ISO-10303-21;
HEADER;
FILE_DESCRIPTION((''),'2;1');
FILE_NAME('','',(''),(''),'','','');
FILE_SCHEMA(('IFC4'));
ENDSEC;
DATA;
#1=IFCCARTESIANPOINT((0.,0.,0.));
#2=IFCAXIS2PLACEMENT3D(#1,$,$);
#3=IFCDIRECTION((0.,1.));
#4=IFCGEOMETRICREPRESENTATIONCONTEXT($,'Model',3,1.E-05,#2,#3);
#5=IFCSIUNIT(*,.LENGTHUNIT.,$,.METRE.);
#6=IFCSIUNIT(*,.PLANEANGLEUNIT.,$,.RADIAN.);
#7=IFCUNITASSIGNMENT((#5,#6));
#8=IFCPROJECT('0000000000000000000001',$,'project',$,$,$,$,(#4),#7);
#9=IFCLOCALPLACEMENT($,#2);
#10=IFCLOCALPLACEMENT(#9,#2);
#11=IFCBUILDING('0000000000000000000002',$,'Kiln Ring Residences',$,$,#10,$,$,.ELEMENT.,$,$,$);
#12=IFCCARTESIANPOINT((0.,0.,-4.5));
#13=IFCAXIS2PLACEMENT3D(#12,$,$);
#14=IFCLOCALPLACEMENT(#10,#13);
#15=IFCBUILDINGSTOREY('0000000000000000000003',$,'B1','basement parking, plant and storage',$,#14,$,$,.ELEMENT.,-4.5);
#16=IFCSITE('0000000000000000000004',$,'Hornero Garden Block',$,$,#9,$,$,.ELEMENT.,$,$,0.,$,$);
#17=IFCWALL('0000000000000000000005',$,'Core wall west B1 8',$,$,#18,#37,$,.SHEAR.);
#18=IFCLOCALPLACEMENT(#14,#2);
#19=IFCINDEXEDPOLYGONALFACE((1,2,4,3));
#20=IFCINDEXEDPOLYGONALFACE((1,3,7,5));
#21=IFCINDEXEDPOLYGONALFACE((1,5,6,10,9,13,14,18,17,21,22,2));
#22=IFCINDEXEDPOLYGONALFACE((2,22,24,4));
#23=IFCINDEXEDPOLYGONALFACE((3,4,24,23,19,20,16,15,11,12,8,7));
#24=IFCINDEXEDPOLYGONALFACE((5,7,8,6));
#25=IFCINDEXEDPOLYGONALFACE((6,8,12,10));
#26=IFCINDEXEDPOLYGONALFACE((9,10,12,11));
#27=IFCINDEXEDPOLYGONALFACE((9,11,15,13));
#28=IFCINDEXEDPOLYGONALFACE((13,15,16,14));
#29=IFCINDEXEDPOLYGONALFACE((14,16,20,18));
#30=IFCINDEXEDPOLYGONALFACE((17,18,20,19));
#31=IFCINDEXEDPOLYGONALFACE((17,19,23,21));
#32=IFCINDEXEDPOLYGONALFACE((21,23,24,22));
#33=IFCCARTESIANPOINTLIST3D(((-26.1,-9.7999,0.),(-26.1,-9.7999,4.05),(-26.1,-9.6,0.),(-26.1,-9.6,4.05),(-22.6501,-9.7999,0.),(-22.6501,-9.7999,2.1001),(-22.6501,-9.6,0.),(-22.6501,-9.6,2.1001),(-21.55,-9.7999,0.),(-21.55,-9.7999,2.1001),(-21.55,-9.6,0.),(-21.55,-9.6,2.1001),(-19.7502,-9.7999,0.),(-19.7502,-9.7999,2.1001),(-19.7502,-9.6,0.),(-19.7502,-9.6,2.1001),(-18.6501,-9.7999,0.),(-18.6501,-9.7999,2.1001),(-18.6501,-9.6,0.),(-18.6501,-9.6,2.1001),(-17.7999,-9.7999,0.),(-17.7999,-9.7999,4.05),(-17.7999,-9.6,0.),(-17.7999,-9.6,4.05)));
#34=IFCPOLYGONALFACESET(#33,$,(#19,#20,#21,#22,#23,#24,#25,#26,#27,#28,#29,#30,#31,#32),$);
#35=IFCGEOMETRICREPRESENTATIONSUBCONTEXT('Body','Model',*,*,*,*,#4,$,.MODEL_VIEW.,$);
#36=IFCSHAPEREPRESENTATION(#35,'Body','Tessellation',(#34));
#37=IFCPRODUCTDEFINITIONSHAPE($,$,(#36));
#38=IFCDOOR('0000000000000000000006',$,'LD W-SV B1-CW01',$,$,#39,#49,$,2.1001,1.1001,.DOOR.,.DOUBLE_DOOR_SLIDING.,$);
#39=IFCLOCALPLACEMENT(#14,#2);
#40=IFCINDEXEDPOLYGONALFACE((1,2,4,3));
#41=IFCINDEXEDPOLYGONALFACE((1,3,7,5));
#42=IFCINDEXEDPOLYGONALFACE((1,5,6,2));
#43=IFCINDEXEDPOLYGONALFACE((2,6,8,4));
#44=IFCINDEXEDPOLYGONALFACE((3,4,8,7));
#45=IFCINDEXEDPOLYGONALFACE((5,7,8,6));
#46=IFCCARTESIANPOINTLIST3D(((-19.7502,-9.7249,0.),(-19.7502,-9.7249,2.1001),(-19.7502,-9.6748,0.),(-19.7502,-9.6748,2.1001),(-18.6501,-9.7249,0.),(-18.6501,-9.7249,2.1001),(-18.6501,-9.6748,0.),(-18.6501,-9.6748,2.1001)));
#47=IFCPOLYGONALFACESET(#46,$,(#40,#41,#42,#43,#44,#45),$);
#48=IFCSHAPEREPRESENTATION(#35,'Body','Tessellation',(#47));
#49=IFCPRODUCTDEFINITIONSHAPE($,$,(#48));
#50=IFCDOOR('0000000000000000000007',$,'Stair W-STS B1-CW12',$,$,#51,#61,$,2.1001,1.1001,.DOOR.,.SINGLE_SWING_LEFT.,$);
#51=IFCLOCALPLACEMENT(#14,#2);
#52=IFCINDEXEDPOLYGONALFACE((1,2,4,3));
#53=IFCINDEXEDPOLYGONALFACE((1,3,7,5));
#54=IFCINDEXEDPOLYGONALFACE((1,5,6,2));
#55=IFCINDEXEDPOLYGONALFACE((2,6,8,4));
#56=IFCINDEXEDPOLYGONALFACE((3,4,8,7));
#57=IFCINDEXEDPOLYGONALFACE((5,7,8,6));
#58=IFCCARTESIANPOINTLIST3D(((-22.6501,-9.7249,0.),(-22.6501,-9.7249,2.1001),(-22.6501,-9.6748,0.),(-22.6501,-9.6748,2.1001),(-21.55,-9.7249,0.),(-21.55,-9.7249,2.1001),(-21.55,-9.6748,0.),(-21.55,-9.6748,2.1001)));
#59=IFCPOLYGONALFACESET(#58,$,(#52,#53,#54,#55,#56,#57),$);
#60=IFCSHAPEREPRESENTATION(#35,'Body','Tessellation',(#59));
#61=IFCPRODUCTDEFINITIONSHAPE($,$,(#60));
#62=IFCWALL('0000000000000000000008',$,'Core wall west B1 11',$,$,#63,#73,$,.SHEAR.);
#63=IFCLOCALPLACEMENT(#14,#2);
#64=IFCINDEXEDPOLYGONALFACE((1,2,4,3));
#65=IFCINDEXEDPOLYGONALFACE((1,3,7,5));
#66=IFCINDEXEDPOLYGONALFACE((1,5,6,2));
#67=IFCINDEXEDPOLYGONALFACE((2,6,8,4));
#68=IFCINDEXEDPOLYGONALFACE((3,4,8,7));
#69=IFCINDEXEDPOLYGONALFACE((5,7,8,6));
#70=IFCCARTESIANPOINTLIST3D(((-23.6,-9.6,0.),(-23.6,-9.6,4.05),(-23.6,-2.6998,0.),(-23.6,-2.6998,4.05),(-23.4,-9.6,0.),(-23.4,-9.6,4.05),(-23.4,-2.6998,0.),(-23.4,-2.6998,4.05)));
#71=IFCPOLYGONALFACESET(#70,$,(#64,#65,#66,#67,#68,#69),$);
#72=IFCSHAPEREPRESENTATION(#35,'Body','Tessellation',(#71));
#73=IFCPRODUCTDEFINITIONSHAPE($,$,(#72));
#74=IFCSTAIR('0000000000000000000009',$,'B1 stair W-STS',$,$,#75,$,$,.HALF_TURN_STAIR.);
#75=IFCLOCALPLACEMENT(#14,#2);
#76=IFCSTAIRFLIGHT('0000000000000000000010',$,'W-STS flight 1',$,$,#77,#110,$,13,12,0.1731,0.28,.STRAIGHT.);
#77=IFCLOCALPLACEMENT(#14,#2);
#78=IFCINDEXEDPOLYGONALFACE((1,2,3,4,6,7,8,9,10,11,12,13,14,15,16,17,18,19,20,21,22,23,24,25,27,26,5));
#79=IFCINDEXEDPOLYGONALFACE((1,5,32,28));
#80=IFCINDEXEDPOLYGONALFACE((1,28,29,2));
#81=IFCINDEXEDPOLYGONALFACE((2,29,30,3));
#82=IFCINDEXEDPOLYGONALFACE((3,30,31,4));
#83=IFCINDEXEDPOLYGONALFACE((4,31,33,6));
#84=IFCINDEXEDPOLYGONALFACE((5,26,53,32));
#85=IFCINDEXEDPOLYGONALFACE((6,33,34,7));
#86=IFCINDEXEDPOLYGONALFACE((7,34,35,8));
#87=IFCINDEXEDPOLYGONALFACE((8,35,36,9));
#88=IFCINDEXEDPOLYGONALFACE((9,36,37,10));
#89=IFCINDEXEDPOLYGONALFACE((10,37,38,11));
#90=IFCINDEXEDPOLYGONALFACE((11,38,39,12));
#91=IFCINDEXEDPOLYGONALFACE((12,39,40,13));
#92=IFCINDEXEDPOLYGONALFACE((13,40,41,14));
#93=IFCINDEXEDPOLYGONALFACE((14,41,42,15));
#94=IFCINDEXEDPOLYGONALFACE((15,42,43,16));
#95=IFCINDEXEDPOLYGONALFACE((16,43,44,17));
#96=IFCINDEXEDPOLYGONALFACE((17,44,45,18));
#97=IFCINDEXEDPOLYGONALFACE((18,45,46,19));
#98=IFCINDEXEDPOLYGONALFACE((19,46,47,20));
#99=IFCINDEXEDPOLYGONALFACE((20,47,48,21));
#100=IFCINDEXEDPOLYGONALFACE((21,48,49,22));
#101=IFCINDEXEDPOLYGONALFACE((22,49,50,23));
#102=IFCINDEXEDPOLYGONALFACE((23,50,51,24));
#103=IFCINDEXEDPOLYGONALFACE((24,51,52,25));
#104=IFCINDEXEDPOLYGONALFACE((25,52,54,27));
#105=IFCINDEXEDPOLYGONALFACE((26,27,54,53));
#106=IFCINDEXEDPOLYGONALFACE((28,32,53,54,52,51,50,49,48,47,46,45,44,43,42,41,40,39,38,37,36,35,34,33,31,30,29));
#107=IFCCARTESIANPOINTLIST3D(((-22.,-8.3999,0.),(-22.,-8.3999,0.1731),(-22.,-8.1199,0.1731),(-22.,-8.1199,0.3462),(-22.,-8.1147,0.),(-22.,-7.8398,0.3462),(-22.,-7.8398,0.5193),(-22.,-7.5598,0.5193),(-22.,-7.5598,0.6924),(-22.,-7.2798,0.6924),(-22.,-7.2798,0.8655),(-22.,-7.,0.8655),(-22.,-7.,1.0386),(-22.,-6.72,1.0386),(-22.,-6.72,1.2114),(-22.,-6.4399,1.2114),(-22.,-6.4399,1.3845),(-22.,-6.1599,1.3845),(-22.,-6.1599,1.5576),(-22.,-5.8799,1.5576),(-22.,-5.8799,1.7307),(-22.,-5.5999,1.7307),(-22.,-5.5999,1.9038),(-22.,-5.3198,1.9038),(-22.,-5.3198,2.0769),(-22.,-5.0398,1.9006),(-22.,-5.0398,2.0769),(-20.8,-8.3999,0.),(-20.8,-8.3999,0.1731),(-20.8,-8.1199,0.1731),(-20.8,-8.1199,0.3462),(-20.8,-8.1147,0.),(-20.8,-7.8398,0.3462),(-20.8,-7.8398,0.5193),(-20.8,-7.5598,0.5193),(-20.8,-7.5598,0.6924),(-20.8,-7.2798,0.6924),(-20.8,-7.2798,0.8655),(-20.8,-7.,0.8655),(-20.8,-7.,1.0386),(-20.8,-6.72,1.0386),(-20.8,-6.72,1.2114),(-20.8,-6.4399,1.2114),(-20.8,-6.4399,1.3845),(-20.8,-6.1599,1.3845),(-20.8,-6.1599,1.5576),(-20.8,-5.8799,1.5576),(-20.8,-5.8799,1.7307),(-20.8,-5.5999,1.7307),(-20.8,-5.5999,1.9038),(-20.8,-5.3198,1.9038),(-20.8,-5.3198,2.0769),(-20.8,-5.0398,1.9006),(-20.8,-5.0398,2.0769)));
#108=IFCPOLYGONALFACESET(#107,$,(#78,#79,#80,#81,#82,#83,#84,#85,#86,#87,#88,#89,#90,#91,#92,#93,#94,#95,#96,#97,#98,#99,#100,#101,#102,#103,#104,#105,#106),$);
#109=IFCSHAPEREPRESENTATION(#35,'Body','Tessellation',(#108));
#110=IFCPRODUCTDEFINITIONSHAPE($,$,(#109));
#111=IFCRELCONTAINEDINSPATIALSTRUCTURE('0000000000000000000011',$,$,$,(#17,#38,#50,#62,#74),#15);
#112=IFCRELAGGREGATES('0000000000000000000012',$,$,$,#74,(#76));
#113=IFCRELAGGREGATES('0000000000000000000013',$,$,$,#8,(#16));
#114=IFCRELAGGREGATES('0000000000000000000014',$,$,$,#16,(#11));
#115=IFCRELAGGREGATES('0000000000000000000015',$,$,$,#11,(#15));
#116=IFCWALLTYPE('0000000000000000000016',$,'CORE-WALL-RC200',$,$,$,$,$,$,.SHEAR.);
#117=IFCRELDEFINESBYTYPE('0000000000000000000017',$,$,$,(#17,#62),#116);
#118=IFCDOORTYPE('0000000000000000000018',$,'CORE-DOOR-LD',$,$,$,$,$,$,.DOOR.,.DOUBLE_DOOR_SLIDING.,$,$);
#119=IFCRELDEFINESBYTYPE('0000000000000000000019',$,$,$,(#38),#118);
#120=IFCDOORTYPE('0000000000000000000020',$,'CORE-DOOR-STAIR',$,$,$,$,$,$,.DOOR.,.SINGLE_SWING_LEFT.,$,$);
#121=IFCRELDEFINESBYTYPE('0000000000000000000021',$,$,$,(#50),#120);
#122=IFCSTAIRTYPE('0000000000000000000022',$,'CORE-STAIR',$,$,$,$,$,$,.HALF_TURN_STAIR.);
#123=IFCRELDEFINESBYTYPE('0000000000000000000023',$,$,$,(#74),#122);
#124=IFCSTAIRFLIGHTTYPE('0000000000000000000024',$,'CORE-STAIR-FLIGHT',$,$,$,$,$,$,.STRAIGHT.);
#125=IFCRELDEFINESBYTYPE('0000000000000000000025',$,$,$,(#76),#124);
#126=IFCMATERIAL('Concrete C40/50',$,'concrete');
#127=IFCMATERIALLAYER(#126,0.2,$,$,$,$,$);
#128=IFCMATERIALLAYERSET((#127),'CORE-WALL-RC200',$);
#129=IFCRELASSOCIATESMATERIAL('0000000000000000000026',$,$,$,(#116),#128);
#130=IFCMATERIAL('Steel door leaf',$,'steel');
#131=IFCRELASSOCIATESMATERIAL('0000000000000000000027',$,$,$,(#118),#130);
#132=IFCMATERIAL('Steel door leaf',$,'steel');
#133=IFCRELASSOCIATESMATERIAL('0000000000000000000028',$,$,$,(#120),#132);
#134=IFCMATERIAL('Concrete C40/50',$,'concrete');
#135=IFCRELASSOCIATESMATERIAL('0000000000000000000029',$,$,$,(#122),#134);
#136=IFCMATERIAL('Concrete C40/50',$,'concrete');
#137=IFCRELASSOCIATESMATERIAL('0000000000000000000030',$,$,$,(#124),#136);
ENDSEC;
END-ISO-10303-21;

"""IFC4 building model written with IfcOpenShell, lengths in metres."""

from ifc_helpers import new_model, si_unit, direction, frame, frame_2d, origin, place, context, subcontext, project, spatial, polyline, rectangle, outline, extrude, material, layer, layer_set, type_object, element, fill, aggregate, save


model = new_model("IFC4")

# Units and contexts
model_context = context("Model", 3, precision=1e-05, world=origin(), true_north=direction((0.0, 1.0)))
body_context = subcontext(model_context, "Body", "Model", "MODEL_VIEW")
ifc_project = project(units=[si_unit("LENGTHUNIT", "METRE"), si_unit("PLANEANGLEUNIT", "RADIAN")], contexts=[model_context])

# Site, building, storey
site_placement = place(None, origin())
site = spatial("IfcSite", under=ifc_project, at=site_placement, Name="Hornero Garden Block", CompositionType="ELEMENT", RefElevation=0.0)
building_placement = place(site_placement, origin())
building = spatial("IfcBuilding", under=site, at=building_placement, Name="Kiln Ring Residences", CompositionType="ELEMENT")
storey_placement = place(building_placement, frame((0.0, 0.0, -4.5)))
storey = spatial("IfcBuildingStorey", under=building, at=storey_placement, Name="B1", Description="basement parking, plant and storage", CompositionType="ELEMENT", Elevation=-4.5)

# Shared definitions
ifc_material_1 = material(Name="Concrete C40/50", Category="concrete")
ifc_layer_1 = layer(ifc_material_1, 0.2)
ifc_layer_set_1 = layer_set([ifc_layer_1], Name="CORE-WALL-RC200")
wall_type_1 = type_object("IfcWallType", Name="CORE-WALL-RC200", PredefinedType="SHEAR", material=ifc_layer_set_1)

# Wall, openings, doors
wall_1_placement = place(storey_placement, frame((-17.8, -9.7, 0.0), z_axis=(0.0, 0.0, 1.0), x_axis=(-1.0, 0.0, 0.0)))
wall_1 = element("IfcWall", 1, at=wall_1_placement, inside=storey, type_object=wall_type_1, Name="Core wall west B1 8", PredefinedType="SHEAR", context=body_context, shape_type="SweptSolid", body=[
    extrude(rectangle(XDim=8.3, YDim=0.2, at=frame_2d((4.1499, 0.0))), origin(), (0.0, 0.0, 1.0), 4.05),
])
opening_1_placement = place(wall_1_placement, frame((0.8501, 0.0, 0.0)))
opening_1 = element("IfcOpeningElement", 2, at=opening_1_placement, cuts=wall_1, PredefinedType="OPENING", context=body_context, shape_type="SweptSolid", body=[
    extrude(rectangle(XDim=1.1001, YDim=2.1001, at=frame_2d((0.55, 1.05))), frame((0.0, 0.1099, 0.0), z_axis=(0.0, -1.0, 0.0), x_axis=(1.0, 0.0, 0.0)), (0.0, 0.0, 1.0), 0.22),
])
opening_2_placement = place(wall_1_placement, frame((3.75, 0.0, 0.0)))
opening_2 = element("IfcOpeningElement", 3, at=opening_2_placement, cuts=wall_1, PredefinedType="OPENING", context=body_context, shape_type="SweptSolid", body=[
    extrude(rectangle(XDim=1.1001, YDim=2.1001, at=frame_2d((0.55, 1.05))), frame((0.0, 0.1099, 0.0), z_axis=(0.0, -1.0, 0.0), x_axis=(1.0, 0.0, 0.0)), (0.0, 0.0, 1.0), 0.22),
])
ifc_material_2 = material(Name="Steel door leaf", Category="steel")
door_type_1 = type_object("IfcDoorType", Name="CORE-DOOR-LD", OperationType="DOUBLE_DOOR_SLIDING", PredefinedType="DOOR", material=ifc_material_2)
door_1_placement = place(opening_1_placement, origin())
door_1 = element("IfcDoor", 4, at=door_1_placement, inside=storey, type_object=door_type_1, Name="LD W-SV B1-CW01", OperationType="DOUBLE_DOOR_SLIDING", OverallHeight=2.1001, OverallWidth=1.1001, PredefinedType="DOOR", context=body_context, shape_type="SweptSolid", body=[
    extrude(rectangle(XDim=1.1001, YDim=2.1001, at=frame_2d((0.55, 1.05))), frame((0.0, 0.0249, 0.0), z_axis=(0.0, -1.0, 0.0), x_axis=(1.0, 0.0, 0.0)), (0.0, 0.0, 1.0), 0.05),
])
fill(opening_1, door_1)
ifc_material_3 = material(Name="Steel door leaf", Category="steel")
door_type_2 = type_object("IfcDoorType", Name="CORE-DOOR-STAIR", OperationType="SINGLE_SWING_LEFT", PredefinedType="DOOR", material=ifc_material_3)
door_2_placement = place(opening_2_placement, origin())
door_2 = element("IfcDoor", 5, at=door_2_placement, inside=storey, type_object=door_type_2, Name="Stair W-STS B1-CW12", OperationType="SINGLE_SWING_LEFT", OverallHeight=2.1001, OverallWidth=1.1001, PredefinedType="DOOR", context=body_context, shape_type="SweptSolid", body=[
    extrude(rectangle(XDim=1.1001, YDim=2.1001, at=frame_2d((0.55, 1.05))), frame((0.0, 0.0249, 0.0), z_axis=(0.0, -1.0, 0.0), x_axis=(1.0, 0.0, 0.0)), (0.0, 0.0, 1.0), 0.05),
])
fill(opening_2, door_2)

# Wall
wall_2_placement = place(storey_placement, frame((-23.5, -9.6001, 0.0), z_axis=(0.0, 0.0, 1.0), x_axis=(0.0, 1.0, 0.0)))
element("IfcWall", 6, at=wall_2_placement, inside=storey, type_object=wall_type_1, Name="Core wall west B1 11", PredefinedType="SHEAR", context=body_context, shape_type="SweptSolid", body=[
    extrude(rectangle(XDim=6.9001, YDim=0.2, at=frame_2d((3.4502, 0.0))), origin(), (0.0, 0.0, 1.0), 4.05),
])

# Stair, stair flight
ifc_material_4 = material(Name="Concrete C40/50", Category="concrete")
stair_type = type_object("IfcStairType", Name="CORE-STAIR", PredefinedType="HALF_TURN_STAIR", material=ifc_material_4)
stair_placement = place(storey_placement, origin())
stair = element("IfcStair", 7, at=stair_placement, inside=storey, type_object=stair_type, Name="B1 stair W-STS", PredefinedType="HALF_TURN_STAIR")
ifc_material_5 = material(Name="Concrete C40/50", Category="concrete")
stair_flight_type = type_object("IfcStairFlightType", Name="CORE-STAIR-FLIGHT", PredefinedType="STRAIGHT", material=ifc_material_5)
stair_flight_placement = place(storey_placement, frame((-21.3999, -8.3999, 0.0), z_axis=(0.0, 0.0, 1.0), x_axis=(0.0, 1.0, 0.0)))
stair_flight = element("IfcStairFlight", 8, at=stair_flight_placement, type_object=stair_flight_type, Name="W-STS flight 1", NumberOfRisers=13, NumberOfTreads=12, PredefinedType="STRAIGHT", RiserHeight=0.1731, TreadLength=0.28, context=body_context, shape_type="SweptSolid", body=[
    extrude(outline(polyline([(0.0, 0.0), (0.0, 0.1731), (0.28, 0.1731), (0.28, 0.3462), (0.5601, 0.3462), (0.5601, 0.5193), (0.8401, 0.5193), (0.8401, 0.6924), (1.1201, 0.6924), (1.1201, 0.8655), (1.3999, 0.8655), (1.3999, 1.0386), (1.6799, 1.0386), (1.6799, 1.2114), (1.96, 1.2114), (1.96, 1.3845), (2.24, 1.3845), (2.24, 1.5576), (2.52, 1.5576), (2.52, 1.7307), (2.8, 1.7307), (2.8, 1.9038), (3.0801, 1.9038), (3.0801, 2.0769), (3.3601, 2.0769), (3.3601, 2.25), (3.3601, 1.9006), (0.2852, 0.0), (0.0, 0.0)])), frame((0.0, 0.6001, 0.0), z_axis=(0.0, -1.0, 0.0), x_axis=(1.0, 0.0, 0.0)), (0.0, 0.0, 1.0), 1.2),
])
aggregate(stair, [stair_flight])

save(model, "model.ifc")
